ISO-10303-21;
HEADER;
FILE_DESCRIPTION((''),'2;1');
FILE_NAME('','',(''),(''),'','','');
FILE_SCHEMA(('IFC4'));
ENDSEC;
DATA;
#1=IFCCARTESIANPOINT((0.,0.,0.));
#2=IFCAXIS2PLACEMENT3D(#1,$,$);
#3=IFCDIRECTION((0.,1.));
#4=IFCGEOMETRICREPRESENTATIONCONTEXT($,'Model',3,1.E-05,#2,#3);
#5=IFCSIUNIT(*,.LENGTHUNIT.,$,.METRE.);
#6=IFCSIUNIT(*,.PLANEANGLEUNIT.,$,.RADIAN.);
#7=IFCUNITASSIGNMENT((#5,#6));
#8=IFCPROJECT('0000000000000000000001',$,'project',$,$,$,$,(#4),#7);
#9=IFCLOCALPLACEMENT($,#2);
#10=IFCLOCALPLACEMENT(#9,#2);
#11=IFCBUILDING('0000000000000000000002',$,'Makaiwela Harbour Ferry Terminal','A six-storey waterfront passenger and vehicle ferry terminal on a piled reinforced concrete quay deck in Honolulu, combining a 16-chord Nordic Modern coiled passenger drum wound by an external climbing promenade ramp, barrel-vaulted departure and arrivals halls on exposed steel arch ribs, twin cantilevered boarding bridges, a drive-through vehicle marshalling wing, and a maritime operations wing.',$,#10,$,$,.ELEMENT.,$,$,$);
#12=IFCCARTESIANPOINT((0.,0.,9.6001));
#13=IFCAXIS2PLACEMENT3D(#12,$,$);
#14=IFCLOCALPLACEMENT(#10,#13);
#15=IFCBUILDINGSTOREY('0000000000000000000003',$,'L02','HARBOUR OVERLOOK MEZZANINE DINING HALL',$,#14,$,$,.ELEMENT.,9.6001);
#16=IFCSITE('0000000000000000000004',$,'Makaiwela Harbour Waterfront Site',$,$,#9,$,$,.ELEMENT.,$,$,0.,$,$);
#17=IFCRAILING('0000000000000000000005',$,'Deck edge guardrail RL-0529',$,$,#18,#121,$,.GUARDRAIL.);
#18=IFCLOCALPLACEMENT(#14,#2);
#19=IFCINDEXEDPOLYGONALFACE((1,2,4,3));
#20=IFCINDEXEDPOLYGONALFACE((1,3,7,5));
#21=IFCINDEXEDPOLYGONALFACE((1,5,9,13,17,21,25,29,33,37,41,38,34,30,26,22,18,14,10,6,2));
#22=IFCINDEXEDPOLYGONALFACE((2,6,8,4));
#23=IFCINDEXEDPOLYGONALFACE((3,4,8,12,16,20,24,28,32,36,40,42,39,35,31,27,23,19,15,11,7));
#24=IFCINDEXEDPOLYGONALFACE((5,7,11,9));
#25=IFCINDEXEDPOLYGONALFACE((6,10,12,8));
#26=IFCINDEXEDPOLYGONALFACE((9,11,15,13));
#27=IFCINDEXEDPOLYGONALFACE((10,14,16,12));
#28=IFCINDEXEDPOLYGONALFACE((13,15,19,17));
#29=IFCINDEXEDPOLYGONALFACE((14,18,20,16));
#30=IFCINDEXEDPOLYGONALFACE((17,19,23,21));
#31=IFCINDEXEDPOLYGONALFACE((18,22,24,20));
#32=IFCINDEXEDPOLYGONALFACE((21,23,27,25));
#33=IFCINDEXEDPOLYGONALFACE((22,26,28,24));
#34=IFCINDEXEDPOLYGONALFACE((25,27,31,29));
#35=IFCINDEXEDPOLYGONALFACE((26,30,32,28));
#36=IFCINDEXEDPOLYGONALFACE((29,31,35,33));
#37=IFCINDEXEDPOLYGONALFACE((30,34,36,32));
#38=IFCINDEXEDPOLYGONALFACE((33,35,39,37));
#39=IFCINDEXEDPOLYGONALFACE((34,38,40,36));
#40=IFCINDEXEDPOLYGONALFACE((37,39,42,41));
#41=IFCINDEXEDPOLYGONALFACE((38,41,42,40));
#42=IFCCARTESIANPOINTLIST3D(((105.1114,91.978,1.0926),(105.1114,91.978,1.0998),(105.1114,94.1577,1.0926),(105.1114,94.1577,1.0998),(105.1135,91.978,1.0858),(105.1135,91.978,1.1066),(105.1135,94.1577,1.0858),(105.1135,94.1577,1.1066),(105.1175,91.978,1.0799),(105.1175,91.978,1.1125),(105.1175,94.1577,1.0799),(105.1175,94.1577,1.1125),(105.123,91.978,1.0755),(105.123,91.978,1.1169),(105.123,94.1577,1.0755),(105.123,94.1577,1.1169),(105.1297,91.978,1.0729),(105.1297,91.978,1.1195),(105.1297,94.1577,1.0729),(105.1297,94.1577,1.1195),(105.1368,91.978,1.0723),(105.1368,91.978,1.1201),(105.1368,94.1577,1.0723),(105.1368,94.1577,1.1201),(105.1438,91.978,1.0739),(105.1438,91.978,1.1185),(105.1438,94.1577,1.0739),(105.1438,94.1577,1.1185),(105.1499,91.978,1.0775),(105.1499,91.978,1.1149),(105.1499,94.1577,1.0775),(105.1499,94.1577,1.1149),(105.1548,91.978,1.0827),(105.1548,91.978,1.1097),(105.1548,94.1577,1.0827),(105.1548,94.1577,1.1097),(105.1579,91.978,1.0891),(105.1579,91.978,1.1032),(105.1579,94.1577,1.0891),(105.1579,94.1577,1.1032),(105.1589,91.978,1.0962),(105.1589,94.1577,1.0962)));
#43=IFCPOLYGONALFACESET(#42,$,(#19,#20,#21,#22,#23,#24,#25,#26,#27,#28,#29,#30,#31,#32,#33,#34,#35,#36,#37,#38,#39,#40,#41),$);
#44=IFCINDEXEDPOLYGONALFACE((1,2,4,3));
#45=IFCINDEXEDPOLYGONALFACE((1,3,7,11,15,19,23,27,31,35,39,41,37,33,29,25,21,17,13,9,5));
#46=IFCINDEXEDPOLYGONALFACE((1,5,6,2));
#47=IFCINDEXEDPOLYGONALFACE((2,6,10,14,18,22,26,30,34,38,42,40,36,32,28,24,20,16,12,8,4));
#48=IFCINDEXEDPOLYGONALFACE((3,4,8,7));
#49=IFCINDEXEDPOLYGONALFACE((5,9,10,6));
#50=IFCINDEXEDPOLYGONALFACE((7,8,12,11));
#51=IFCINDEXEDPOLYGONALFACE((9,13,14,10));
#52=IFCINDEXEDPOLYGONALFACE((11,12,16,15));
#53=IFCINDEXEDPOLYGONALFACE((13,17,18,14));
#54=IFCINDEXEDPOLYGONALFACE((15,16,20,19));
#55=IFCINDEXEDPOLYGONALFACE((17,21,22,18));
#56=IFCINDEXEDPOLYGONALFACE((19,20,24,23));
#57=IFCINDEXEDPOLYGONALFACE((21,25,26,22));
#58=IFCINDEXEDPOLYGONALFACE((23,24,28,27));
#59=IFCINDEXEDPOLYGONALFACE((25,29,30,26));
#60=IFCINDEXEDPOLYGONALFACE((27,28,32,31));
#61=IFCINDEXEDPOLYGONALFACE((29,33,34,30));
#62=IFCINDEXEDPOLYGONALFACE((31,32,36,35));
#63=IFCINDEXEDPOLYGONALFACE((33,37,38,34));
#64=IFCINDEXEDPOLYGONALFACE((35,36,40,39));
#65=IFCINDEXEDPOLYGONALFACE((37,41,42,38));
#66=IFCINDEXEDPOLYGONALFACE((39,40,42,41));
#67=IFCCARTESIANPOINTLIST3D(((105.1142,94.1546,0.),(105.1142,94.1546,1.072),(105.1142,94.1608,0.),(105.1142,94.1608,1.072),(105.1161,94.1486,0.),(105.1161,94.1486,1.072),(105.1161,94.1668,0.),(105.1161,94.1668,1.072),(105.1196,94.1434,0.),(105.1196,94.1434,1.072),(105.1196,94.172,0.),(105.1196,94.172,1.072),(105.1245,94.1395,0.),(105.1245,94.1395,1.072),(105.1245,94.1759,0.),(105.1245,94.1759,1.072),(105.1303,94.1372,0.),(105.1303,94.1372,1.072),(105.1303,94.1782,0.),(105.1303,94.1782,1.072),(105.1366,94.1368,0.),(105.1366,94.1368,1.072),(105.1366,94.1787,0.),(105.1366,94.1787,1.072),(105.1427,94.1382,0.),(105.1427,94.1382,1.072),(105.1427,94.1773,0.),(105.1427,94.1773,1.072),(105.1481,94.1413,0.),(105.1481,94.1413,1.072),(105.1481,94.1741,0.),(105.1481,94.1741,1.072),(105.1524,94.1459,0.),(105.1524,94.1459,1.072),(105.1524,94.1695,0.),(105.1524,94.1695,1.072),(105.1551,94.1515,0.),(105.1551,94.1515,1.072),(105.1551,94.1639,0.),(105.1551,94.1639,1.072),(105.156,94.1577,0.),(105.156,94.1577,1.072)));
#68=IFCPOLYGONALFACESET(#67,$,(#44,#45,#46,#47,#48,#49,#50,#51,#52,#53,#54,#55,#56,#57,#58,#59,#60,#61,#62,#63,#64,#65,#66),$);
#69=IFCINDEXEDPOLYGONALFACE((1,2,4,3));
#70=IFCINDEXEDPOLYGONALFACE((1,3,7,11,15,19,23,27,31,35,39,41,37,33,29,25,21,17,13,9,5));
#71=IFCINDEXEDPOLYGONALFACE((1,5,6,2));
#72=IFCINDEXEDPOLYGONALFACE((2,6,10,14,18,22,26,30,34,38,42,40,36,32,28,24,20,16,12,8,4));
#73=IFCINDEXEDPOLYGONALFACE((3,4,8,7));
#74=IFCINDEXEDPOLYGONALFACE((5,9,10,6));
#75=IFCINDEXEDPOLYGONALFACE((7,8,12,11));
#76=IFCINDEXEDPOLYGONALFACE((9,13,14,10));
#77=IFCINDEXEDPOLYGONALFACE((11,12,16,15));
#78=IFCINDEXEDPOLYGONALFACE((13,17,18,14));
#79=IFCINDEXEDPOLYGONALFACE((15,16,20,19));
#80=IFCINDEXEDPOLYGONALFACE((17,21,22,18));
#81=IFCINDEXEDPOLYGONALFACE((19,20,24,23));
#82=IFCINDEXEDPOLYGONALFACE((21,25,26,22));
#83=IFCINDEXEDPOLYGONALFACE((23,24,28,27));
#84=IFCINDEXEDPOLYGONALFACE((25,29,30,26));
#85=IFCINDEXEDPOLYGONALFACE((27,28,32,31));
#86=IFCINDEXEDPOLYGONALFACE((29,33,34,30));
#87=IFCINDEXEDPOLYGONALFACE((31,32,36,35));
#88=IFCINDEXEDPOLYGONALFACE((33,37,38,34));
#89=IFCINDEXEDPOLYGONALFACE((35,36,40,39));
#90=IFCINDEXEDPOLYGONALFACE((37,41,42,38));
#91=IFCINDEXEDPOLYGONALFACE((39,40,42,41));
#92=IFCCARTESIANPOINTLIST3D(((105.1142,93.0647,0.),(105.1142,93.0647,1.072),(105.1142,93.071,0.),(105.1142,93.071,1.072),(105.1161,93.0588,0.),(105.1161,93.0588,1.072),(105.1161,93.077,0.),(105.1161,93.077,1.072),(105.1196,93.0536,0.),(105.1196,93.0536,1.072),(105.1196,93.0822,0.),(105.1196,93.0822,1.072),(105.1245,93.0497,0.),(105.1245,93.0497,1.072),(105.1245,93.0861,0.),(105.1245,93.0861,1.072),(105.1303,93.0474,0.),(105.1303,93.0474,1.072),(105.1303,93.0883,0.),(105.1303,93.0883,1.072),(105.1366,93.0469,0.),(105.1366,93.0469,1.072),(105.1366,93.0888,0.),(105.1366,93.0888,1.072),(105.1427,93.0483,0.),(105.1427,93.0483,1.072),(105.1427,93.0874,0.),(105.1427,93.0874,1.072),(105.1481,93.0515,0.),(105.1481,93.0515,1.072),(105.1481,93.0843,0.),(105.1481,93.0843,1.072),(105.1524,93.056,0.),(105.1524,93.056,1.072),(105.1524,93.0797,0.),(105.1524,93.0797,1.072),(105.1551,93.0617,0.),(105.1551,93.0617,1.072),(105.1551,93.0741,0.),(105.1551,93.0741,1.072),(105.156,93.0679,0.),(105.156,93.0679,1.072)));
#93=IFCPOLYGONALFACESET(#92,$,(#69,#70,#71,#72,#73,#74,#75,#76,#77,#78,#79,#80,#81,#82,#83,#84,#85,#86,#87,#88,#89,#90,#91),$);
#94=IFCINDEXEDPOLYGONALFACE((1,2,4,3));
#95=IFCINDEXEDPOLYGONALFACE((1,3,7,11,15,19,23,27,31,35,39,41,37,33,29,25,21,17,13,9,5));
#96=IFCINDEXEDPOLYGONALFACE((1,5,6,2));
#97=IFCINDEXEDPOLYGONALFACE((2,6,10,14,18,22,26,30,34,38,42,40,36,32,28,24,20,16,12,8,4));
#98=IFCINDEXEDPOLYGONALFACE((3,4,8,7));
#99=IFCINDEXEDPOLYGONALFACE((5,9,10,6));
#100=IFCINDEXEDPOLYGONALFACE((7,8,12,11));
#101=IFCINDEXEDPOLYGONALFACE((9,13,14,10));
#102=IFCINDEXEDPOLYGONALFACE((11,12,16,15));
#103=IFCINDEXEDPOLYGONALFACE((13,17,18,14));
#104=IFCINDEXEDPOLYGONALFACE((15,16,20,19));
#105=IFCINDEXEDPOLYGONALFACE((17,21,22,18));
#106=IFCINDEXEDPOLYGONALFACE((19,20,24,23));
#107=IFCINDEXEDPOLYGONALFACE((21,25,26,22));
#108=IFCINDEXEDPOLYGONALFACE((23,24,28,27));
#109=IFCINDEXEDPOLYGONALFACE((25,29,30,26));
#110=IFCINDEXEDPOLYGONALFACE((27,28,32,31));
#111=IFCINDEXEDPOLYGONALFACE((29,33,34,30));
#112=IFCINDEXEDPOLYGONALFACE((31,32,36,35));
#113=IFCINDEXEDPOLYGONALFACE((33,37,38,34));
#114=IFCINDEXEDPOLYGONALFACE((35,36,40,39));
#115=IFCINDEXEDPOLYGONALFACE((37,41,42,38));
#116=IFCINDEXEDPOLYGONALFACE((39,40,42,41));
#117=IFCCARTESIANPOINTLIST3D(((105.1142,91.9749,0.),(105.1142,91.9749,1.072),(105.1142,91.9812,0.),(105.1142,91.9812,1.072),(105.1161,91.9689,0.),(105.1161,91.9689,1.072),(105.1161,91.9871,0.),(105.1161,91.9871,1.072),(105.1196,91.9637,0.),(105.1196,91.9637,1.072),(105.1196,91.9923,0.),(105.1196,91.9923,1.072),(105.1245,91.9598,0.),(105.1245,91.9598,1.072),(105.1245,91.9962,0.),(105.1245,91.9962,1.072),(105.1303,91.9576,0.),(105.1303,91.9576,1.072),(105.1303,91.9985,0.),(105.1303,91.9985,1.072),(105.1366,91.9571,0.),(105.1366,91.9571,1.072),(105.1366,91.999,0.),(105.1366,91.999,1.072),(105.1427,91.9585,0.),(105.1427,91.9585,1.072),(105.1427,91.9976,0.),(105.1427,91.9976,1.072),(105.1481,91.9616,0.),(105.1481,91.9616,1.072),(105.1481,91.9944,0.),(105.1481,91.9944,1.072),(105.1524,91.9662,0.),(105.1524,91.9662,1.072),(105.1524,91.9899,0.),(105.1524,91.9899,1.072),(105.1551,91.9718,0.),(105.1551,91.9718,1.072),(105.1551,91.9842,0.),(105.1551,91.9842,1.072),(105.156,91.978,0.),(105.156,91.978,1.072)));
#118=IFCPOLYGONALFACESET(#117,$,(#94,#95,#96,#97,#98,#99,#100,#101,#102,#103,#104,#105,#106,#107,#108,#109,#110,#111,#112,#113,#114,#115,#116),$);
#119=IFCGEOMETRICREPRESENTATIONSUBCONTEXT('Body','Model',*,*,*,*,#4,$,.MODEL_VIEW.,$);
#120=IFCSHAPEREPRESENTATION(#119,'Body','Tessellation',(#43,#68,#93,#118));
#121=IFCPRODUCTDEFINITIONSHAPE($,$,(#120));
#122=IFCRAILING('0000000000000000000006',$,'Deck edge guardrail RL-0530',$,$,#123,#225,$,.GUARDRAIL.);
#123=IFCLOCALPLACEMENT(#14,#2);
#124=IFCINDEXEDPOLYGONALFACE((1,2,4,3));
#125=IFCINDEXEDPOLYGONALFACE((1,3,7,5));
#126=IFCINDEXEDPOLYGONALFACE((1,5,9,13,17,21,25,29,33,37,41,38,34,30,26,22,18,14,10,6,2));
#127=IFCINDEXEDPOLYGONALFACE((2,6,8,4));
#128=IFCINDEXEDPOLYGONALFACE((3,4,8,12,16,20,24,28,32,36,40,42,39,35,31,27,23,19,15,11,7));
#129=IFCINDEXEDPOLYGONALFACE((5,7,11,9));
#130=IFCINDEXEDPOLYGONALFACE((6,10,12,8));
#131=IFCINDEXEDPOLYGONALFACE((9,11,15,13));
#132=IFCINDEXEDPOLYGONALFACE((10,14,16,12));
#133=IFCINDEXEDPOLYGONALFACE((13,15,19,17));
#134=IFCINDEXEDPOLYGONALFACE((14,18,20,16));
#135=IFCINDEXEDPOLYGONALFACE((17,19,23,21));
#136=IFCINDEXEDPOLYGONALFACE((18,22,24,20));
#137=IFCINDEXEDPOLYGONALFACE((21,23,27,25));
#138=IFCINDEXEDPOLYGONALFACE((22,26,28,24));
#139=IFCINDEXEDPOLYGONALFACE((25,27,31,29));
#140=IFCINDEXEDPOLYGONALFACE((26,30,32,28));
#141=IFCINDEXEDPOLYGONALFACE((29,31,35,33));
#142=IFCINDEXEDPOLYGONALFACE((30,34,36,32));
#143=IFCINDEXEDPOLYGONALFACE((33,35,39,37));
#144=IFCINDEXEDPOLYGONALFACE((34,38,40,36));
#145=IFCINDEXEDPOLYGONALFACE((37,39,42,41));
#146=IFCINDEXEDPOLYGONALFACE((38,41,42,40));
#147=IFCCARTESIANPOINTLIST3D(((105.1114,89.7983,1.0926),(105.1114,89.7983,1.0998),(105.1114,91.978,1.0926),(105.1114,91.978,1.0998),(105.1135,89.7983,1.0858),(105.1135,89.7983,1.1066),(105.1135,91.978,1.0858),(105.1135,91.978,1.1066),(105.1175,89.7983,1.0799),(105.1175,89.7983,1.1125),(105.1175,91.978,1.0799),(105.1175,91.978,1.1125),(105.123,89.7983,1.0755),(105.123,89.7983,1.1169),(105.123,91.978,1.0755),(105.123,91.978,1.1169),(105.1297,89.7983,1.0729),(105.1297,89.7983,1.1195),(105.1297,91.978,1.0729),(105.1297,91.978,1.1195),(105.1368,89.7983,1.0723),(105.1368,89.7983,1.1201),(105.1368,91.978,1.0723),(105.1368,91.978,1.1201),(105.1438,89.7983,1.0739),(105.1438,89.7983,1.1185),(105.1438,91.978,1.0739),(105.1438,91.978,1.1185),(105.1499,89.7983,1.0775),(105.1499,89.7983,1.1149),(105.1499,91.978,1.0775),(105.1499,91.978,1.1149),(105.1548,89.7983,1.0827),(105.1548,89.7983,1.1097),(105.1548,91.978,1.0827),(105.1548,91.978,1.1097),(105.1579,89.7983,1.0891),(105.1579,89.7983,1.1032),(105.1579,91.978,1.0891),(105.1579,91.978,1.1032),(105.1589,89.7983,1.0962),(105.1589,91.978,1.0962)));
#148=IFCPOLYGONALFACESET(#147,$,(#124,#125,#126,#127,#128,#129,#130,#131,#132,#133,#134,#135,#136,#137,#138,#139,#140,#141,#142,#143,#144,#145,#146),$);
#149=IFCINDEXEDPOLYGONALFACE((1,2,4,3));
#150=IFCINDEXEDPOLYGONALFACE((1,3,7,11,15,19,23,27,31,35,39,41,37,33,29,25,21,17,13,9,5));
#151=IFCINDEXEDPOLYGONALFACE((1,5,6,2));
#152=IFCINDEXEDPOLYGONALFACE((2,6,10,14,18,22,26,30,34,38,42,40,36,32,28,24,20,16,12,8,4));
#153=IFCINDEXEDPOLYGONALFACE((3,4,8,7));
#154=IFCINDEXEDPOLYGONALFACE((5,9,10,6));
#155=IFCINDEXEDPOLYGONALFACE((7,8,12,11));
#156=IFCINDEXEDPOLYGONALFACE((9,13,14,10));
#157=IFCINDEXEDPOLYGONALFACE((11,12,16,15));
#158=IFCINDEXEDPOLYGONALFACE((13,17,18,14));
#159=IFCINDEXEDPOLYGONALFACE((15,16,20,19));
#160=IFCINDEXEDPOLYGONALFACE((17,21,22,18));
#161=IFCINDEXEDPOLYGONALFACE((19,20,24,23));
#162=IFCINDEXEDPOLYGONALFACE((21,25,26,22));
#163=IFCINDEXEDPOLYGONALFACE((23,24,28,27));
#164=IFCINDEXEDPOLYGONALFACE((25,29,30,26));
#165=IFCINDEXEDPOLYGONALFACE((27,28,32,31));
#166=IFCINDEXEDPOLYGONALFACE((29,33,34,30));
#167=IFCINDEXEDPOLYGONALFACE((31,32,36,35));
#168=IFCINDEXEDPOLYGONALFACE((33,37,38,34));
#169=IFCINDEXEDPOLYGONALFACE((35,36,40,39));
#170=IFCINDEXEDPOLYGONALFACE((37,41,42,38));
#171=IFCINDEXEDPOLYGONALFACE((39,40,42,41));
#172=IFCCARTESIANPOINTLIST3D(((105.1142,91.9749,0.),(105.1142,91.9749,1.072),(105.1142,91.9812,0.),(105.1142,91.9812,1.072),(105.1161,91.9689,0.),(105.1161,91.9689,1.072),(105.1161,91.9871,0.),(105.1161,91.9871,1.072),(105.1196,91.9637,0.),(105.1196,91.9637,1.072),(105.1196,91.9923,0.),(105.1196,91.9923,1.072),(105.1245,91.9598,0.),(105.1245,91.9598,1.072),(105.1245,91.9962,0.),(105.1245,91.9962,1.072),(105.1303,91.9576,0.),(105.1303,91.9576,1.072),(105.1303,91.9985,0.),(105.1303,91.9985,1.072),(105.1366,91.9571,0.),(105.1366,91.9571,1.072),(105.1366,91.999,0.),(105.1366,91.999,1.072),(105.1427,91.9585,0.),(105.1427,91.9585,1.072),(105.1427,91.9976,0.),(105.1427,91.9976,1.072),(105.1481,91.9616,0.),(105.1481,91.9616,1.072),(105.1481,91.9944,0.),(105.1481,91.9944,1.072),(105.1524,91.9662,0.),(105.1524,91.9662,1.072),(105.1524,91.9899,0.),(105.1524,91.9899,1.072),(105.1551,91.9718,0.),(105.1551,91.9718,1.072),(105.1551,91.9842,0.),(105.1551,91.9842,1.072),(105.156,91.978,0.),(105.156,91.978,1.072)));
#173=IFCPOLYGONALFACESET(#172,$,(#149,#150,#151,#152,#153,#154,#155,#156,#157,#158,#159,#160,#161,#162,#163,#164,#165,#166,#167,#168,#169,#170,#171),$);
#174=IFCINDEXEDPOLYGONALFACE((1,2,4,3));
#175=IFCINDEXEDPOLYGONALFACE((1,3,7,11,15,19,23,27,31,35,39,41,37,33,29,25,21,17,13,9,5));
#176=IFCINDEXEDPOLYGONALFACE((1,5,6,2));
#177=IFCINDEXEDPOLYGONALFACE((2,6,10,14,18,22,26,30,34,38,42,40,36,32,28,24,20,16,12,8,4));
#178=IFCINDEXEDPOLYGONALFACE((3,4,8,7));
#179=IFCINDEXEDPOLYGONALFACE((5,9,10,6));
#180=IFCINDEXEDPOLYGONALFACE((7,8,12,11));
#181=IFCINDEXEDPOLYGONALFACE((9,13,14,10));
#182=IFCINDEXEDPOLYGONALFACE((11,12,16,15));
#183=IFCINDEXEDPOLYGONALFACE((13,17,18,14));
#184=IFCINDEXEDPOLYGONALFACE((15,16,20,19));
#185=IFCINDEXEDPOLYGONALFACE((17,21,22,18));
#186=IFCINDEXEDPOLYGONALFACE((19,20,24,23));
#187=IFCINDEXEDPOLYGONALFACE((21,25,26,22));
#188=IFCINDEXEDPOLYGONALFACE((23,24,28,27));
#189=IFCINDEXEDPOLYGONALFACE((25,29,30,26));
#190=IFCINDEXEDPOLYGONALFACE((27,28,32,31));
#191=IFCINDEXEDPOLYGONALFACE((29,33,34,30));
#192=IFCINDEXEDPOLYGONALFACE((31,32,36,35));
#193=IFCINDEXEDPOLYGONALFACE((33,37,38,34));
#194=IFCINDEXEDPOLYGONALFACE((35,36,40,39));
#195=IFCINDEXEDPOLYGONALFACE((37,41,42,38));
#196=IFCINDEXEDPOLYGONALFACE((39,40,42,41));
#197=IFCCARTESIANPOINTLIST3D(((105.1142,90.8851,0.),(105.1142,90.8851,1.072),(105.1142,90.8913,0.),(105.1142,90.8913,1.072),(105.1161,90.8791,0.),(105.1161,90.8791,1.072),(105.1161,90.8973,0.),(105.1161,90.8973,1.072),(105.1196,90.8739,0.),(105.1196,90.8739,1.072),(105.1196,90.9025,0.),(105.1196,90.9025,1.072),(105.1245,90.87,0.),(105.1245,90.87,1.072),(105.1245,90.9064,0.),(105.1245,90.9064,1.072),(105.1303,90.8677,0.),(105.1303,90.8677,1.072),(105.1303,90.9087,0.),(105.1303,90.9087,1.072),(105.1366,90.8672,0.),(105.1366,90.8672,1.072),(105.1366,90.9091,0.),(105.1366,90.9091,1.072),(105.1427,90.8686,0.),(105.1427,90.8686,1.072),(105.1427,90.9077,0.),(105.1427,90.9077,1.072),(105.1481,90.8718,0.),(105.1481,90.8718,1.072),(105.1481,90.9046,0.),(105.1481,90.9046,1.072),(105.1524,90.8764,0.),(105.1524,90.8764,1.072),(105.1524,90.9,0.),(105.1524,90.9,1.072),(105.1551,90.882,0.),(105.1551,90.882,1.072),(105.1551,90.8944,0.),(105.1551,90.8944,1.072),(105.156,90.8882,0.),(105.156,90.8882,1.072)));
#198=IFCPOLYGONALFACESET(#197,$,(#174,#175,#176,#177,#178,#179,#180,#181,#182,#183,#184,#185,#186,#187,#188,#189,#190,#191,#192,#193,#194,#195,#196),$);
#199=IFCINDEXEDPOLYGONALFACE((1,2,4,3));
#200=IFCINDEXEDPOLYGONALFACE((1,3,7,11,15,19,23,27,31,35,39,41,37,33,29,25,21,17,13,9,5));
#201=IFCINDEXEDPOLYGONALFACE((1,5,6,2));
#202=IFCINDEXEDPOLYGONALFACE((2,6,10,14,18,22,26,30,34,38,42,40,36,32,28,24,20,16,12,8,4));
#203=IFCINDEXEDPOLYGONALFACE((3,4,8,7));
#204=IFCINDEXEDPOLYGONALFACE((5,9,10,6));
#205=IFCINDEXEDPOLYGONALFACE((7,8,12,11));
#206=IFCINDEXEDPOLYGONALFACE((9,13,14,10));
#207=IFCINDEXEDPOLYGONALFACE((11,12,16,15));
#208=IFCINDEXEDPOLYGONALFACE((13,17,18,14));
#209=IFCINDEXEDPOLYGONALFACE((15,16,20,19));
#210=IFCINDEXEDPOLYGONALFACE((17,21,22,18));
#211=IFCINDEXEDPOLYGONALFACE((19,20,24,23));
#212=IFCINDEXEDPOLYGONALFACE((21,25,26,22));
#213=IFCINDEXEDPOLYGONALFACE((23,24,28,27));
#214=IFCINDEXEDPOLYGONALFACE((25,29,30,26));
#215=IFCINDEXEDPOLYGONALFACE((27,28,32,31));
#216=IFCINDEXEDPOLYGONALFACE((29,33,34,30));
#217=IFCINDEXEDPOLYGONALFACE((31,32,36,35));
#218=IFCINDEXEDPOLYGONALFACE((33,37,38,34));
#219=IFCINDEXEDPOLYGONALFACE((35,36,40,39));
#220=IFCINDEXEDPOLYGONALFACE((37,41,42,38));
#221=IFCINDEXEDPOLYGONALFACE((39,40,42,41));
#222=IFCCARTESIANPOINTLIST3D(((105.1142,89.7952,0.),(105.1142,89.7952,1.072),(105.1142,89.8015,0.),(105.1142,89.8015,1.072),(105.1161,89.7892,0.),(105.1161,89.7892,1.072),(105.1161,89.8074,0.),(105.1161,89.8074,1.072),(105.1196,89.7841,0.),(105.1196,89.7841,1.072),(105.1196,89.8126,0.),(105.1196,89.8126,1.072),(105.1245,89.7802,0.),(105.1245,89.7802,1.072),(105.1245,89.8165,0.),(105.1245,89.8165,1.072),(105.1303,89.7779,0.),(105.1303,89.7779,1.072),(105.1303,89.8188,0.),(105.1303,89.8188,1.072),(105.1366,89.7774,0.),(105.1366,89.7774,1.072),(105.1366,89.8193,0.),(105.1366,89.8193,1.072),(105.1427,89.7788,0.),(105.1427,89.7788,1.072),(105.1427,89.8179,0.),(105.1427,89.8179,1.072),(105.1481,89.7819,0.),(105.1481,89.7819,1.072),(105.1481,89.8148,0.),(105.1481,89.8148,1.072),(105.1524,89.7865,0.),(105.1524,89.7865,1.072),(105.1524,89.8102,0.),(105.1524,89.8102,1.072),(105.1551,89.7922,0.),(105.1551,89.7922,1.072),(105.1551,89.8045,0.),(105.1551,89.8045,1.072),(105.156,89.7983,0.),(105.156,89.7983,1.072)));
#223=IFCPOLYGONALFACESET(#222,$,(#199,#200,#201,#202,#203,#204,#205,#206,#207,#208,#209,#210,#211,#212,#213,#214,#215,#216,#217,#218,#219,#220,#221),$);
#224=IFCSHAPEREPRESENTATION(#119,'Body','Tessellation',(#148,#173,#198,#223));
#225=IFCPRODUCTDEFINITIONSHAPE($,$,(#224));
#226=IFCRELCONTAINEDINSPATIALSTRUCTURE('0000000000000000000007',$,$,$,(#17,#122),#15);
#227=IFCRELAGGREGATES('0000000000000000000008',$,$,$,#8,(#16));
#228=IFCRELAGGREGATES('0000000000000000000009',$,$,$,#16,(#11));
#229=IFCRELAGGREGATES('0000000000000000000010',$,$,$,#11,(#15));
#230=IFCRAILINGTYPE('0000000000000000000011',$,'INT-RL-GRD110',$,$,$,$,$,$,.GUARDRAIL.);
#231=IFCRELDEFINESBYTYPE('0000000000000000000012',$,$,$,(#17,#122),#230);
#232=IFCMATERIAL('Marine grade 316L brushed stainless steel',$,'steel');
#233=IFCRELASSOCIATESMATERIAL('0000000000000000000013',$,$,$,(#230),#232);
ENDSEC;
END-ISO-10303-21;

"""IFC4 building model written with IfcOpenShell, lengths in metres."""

from ifc_helpers import new_model, si_unit, direction, frame, origin, origin_2d, place, context, subcontext, project, spatial, circle, extrude, material, type_object, element, save


model = new_model("IFC4")

# Units and contexts
model_context = context("Model", 3, precision=1e-05, world=origin(), true_north=direction((0.0, 1.0)))
body_context = subcontext(model_context, "Body", "Model", "MODEL_VIEW")
ifc_project = project(units=[si_unit("LENGTHUNIT", "METRE"), si_unit("PLANEANGLEUNIT", "RADIAN")], contexts=[model_context])

# Site, building, storey
site_placement = place(None, origin())
site = spatial("IfcSite", under=ifc_project, at=site_placement, Name="Makaiwela Harbour Waterfront Site", CompositionType="ELEMENT", RefElevation=0.0)
building_placement = place(site_placement, origin())
building = spatial("IfcBuilding", under=site, at=building_placement, Name="Makaiwela Harbour Ferry Terminal", Description="A six-storey waterfront passenger and vehicle ferry terminal on a piled reinforced concrete quay deck in Honolulu, combining a 16-chord Nordic Modern coiled passenger drum wound by an external climbing promenade ramp, barrel-vaulted departure and arrivals halls on exposed steel arch ribs, twin cantilevered boarding bridges, a drive-through vehicle marshalling wing, and a maritime operations wing.", CompositionType="ELEMENT")
storey_placement = place(building_placement, frame((0.0, 0.0, 9.6001)))
storey = spatial("IfcBuildingStorey", under=building, at=storey_placement, Name="L02", Description="HARBOUR OVERLOOK MEZZANINE DINING HALL", CompositionType="ELEMENT", Elevation=9.6001)

# Railings
ifc_material_1 = material(Name="Marine grade 316L brushed stainless steel", Category="steel")
railing_type = type_object("IfcRailingType", Name="INT-RL-GRD110", PredefinedType="GUARDRAIL", material=ifc_material_1)
for number, where, name in (
    (1, (105.135, 94.1577, 0.0), "Deck edge guardrail RL-0529"),
    (2, (105.135, 91.978, 0.0), "Deck edge guardrail RL-0530"),
):
    element("IfcRailing", number, at=place(storey_placement, frame(where)), inside=storey, type_object=railing_type, Name=name, PredefinedType="GUARDRAIL", context=body_context, shape_type="SweptSolid", body=[
        extrude(circle(Radius=0.0239, at=origin_2d()), frame((0.0, 0.0, 1.0962), z_axis=(0.0, -1.0, 0.0), x_axis=(1.0, 0.0, 0.0)), (0.0, 0.0, 1.0), 2.1797),
        extrude(circle(Radius=0.021, at=origin_2d()), origin(), (0.0, 0.0, 1.0), 1.072),
        extrude(circle(Radius=0.021, at=origin_2d()), frame((0.0, -1.0898, 0.0)), (0.0, 0.0, 1.0), 1.072),
        extrude(circle(Radius=0.021, at=origin_2d()), frame((0.0, -2.1797, 0.0)), (0.0, 0.0, 1.0), 1.072),
    ])

save(model, "model.ifc")
